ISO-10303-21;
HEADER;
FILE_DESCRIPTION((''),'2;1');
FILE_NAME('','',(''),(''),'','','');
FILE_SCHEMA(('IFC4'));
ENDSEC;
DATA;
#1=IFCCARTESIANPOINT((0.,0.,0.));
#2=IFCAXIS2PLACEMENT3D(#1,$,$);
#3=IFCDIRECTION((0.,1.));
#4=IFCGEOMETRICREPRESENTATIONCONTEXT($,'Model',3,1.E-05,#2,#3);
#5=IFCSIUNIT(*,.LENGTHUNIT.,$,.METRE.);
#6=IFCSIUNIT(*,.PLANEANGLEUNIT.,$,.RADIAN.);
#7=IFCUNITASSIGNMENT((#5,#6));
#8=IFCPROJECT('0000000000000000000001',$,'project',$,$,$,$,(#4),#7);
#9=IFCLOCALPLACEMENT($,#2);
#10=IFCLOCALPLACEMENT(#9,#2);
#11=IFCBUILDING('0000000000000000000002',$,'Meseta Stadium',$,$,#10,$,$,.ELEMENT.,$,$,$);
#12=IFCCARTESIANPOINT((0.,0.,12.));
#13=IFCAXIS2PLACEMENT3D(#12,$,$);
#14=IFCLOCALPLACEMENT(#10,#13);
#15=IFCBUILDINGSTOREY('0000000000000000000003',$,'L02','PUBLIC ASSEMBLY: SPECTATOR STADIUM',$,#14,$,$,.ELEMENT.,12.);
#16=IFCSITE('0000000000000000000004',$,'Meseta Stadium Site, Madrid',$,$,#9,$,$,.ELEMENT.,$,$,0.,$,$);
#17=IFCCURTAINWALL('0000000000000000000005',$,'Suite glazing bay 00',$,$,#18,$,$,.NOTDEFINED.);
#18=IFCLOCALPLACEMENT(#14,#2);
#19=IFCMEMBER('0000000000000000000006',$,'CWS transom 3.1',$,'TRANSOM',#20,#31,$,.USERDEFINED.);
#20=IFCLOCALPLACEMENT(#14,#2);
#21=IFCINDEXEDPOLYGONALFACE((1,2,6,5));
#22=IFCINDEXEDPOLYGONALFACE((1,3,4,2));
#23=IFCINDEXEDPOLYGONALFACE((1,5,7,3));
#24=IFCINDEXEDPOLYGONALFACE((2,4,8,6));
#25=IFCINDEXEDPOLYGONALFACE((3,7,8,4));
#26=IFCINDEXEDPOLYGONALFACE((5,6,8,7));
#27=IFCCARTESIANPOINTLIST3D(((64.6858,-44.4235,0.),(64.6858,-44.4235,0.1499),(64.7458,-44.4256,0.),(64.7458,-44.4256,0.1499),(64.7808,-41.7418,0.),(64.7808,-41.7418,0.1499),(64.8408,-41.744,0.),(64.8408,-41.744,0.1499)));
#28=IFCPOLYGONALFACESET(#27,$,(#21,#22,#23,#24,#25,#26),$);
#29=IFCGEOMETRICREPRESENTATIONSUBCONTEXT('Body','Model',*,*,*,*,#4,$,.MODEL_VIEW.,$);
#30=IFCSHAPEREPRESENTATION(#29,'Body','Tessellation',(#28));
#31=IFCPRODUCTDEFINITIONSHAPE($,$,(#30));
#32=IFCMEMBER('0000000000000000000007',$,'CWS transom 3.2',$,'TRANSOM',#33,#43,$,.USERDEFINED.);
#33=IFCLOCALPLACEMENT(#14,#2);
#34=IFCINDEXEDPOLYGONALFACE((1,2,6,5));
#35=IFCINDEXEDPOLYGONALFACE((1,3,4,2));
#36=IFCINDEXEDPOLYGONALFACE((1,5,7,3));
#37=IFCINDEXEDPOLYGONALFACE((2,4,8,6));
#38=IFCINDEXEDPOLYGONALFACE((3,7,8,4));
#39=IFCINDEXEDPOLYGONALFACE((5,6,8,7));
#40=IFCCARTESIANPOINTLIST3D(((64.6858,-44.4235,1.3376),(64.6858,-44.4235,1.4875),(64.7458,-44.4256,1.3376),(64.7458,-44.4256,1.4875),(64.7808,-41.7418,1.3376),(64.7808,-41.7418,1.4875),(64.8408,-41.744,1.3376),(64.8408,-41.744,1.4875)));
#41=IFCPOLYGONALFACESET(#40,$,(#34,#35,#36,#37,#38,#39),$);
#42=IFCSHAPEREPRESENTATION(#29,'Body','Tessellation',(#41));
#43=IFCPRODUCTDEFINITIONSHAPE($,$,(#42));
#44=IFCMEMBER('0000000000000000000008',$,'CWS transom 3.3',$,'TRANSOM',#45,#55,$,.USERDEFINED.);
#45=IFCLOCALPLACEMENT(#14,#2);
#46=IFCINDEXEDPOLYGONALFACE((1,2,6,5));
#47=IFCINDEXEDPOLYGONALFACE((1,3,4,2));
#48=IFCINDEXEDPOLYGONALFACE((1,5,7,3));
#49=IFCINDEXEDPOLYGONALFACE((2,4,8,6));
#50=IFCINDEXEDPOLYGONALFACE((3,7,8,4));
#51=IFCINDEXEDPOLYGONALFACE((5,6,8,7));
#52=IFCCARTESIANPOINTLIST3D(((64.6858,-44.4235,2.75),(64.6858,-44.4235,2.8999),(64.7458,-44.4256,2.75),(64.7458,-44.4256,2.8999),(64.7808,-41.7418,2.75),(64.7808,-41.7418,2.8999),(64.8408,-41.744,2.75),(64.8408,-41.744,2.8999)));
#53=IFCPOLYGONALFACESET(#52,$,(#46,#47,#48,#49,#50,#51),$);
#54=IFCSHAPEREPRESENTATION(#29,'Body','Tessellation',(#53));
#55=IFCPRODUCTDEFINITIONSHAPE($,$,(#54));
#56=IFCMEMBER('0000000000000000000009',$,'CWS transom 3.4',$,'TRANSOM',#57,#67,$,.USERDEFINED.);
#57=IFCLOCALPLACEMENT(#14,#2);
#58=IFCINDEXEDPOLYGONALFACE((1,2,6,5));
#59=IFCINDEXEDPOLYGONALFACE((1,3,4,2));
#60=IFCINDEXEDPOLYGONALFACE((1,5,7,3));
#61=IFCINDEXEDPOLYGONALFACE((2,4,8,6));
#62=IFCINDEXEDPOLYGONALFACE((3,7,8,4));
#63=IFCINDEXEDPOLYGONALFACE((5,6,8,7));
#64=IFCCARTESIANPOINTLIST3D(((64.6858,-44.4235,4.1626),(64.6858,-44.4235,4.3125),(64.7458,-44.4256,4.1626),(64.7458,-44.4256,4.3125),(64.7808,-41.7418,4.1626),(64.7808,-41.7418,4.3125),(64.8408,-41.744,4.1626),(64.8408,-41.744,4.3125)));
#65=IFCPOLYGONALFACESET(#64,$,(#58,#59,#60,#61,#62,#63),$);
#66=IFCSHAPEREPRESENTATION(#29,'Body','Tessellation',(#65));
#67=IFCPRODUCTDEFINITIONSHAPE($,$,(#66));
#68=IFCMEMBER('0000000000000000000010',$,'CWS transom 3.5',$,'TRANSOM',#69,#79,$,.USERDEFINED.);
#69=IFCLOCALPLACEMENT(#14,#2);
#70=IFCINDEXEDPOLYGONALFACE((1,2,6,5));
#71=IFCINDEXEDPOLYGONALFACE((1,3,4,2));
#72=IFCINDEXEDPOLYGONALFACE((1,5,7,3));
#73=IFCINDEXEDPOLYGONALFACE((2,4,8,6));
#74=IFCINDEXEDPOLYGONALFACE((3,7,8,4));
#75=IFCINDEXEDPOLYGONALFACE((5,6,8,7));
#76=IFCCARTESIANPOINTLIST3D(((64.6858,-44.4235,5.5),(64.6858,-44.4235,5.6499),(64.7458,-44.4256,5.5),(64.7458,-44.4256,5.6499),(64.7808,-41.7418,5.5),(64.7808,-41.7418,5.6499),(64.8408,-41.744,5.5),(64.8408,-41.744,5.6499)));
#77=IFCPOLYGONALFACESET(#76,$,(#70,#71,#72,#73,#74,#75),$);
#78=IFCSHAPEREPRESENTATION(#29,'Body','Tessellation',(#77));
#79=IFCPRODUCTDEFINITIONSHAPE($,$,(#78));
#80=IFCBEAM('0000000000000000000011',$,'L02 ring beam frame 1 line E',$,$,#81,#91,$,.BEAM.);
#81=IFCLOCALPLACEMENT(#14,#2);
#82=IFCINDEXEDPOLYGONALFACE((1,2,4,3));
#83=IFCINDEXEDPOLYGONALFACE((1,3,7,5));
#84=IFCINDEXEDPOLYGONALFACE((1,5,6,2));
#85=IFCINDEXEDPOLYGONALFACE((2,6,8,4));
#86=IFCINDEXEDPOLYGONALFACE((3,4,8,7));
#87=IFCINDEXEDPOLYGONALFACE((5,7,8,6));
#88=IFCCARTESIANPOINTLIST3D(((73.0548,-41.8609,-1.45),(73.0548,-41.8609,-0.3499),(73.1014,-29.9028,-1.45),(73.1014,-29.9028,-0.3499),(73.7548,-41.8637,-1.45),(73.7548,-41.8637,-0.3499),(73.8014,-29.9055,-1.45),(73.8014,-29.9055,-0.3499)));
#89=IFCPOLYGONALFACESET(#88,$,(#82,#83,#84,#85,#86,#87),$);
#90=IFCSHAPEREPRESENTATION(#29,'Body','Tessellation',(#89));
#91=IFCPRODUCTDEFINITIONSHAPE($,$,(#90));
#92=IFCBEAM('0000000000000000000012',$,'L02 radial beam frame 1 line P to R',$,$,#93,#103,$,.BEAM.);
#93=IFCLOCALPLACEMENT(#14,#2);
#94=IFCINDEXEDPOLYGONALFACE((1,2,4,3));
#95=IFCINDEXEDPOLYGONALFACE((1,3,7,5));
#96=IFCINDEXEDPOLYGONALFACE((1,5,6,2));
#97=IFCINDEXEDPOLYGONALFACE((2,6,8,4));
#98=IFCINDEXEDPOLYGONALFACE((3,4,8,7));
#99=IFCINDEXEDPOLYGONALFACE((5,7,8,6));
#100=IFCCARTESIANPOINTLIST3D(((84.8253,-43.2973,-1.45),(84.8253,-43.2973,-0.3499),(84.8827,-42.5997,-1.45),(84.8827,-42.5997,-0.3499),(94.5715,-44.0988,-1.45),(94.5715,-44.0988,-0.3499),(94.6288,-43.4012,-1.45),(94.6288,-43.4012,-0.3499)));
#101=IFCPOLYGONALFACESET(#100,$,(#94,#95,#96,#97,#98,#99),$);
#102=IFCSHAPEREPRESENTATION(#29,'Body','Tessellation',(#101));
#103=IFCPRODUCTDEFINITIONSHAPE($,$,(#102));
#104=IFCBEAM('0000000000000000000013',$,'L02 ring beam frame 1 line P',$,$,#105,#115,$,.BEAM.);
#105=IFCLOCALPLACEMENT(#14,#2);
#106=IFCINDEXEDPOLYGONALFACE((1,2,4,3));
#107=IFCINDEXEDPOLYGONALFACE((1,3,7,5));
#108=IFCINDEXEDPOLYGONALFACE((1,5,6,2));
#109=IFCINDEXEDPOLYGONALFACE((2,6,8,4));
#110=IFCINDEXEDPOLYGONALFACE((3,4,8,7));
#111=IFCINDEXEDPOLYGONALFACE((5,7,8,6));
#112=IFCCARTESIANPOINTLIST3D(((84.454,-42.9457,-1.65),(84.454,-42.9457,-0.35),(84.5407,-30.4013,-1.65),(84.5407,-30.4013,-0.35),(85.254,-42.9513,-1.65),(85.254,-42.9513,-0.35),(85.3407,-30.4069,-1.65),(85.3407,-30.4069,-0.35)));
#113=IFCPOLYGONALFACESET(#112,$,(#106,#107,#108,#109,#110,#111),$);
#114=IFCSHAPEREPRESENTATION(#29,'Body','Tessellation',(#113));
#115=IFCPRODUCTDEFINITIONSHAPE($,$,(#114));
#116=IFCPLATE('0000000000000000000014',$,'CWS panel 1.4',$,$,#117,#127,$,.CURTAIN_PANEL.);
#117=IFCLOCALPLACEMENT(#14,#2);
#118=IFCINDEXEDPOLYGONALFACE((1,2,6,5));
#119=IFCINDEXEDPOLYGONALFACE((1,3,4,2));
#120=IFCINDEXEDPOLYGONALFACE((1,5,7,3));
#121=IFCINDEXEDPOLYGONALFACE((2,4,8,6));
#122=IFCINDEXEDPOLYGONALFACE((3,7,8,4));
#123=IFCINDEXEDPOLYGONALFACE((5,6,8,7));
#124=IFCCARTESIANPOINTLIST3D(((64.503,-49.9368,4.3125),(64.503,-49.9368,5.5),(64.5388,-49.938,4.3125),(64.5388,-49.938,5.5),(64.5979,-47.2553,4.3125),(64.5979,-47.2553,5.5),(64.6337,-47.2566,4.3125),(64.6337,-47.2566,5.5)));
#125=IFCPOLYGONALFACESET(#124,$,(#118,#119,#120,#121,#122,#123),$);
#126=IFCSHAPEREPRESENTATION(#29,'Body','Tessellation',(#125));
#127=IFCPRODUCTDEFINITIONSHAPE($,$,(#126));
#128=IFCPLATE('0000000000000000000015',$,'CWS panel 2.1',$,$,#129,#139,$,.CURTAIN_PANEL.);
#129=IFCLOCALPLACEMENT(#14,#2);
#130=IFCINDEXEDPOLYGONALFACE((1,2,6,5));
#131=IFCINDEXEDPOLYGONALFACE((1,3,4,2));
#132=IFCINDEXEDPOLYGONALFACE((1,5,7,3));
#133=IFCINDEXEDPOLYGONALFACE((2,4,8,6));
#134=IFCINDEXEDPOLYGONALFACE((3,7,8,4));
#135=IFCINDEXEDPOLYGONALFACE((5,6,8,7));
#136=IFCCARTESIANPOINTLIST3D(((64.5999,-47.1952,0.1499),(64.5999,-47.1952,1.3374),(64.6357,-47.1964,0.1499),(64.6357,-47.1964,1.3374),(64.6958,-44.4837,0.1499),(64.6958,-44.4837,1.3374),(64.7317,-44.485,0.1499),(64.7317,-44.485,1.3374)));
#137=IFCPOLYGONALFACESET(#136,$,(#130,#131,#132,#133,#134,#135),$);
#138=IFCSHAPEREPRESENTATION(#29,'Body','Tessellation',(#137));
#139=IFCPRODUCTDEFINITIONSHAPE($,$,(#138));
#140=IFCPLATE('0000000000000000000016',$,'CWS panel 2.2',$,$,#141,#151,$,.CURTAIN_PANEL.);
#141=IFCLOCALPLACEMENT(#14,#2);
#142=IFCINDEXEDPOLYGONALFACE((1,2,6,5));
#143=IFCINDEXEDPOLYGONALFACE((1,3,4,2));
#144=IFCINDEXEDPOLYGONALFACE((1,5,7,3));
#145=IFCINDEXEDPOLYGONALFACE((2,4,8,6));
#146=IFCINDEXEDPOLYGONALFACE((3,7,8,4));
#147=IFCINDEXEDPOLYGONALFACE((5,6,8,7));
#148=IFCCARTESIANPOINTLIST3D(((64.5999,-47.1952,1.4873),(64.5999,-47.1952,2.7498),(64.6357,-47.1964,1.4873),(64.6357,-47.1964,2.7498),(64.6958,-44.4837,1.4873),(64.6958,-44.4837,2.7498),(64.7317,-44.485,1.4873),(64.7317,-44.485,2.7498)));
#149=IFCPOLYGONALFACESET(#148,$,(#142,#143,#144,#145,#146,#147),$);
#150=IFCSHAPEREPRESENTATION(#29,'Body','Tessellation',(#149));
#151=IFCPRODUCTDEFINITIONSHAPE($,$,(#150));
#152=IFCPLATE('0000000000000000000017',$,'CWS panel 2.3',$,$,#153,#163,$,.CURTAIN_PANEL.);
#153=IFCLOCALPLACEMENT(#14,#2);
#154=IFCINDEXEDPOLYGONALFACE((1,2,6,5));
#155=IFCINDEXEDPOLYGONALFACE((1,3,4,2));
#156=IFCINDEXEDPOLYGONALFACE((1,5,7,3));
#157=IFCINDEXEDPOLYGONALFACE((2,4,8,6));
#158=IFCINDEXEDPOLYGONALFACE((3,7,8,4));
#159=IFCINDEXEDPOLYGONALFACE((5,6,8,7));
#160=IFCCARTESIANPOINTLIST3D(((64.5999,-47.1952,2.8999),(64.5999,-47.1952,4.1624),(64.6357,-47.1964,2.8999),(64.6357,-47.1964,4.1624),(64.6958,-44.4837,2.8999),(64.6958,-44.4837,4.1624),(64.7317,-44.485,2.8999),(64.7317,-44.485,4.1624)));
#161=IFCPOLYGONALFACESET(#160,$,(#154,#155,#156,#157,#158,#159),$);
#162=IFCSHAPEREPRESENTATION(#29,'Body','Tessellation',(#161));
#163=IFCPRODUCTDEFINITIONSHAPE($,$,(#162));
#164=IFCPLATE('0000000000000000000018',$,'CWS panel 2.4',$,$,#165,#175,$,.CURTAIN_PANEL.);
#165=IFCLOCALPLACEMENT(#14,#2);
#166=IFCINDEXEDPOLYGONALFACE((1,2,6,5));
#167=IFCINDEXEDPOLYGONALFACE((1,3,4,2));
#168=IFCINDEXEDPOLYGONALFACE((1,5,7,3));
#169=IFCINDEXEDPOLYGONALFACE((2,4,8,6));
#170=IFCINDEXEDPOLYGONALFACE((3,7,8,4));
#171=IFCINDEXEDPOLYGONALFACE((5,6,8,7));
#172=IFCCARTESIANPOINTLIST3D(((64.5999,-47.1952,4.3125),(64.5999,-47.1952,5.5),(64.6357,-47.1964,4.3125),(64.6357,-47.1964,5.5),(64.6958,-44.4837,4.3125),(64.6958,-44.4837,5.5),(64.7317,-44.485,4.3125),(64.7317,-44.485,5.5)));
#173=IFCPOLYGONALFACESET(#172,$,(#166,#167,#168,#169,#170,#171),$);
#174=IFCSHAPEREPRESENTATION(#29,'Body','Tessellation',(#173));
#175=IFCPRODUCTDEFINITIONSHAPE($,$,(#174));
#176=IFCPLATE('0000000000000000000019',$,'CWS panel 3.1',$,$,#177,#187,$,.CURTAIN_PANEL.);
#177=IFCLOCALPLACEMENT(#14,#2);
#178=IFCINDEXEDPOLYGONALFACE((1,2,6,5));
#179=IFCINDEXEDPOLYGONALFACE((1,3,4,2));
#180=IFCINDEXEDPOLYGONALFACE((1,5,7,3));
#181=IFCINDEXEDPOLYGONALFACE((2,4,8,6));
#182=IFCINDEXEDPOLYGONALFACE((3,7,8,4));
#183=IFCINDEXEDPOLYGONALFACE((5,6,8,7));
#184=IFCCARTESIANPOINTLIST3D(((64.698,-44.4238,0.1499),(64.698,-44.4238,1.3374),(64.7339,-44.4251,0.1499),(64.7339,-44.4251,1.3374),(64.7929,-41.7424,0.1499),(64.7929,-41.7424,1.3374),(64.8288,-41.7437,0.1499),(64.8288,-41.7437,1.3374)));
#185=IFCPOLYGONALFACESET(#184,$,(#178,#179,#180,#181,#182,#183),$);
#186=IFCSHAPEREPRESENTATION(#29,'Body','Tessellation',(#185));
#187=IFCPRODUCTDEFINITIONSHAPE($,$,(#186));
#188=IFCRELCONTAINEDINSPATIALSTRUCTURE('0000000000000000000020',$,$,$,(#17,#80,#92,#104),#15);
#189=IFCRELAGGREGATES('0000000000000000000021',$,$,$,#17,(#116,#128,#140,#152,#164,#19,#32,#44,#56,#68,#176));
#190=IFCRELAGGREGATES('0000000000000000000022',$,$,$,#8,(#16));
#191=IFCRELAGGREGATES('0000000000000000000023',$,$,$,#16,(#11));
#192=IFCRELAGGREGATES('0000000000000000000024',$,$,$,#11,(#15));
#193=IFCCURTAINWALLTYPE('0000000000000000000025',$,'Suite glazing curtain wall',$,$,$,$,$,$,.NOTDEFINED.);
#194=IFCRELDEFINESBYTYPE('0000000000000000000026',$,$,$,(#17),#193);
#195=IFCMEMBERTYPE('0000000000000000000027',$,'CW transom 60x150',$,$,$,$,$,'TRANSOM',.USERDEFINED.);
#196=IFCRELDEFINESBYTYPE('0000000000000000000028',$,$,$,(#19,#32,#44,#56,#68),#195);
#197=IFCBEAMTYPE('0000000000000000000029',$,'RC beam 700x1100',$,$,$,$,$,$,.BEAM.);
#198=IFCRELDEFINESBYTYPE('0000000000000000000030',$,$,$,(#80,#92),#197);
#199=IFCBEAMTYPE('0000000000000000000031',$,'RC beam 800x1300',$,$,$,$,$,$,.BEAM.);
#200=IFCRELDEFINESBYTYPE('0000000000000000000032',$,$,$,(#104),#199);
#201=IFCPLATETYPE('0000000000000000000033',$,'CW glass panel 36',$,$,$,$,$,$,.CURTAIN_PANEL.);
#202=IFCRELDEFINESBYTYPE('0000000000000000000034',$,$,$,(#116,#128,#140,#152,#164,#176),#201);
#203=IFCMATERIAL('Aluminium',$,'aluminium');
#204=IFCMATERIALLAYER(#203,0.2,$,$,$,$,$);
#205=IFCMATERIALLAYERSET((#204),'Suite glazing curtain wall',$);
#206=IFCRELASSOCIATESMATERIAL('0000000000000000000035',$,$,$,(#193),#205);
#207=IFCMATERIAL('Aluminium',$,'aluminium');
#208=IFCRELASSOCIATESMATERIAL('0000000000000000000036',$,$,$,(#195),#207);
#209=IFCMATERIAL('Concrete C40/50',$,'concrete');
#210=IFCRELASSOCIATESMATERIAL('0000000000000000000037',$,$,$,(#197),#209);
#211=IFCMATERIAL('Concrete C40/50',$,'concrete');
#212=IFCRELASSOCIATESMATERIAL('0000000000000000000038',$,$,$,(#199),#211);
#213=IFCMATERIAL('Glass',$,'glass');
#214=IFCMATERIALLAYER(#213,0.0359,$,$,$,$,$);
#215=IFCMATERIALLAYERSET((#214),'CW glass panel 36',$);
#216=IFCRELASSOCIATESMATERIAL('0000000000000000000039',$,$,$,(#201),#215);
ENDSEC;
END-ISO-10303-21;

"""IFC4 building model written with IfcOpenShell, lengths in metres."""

from ifc_helpers import new_model, si_unit, direction, frame, origin, origin_2d, place, context, subcontext, project, spatial, rectangle, extrude, material, layer, layer_set, material_profile, profile_set, type_object, element, aggregate, save


model = new_model("IFC4")

# Units and contexts
model_context = context("Model", 3, precision=1e-05, world=origin(), true_north=direction((0.0, 1.0)))
body_context = subcontext(model_context, "Body", "Model", "MODEL_VIEW")
ifc_project = project(units=[si_unit("LENGTHUNIT", "METRE"), si_unit("PLANEANGLEUNIT", "RADIAN")], contexts=[model_context])

# Site, building, storey
site_placement = place(None, origin())
site = spatial("IfcSite", under=ifc_project, at=site_placement, Name="Meseta Stadium Site, Madrid", CompositionType="ELEMENT", RefElevation=0.0)
building_placement = place(site_placement, origin())
building = spatial("IfcBuilding", under=site, at=building_placement, Name="Meseta Stadium", CompositionType="ELEMENT")
storey_placement = place(building_placement, frame((0.0, 0.0, 12.0)))
storey = spatial("IfcBuildingStorey", under=building, at=storey_placement, Name="L02", Description="PUBLIC ASSEMBLY: SPECTATOR STADIUM", CompositionType="ELEMENT", Elevation=12.0)

# Curtain wall, members
ifc_material_1 = material(Name="Aluminium", Category="aluminium")
ifc_layer_1 = layer(ifc_material_1, 0.2)
ifc_layer_set_1 = layer_set([ifc_layer_1], Name="Suite glazing curtain wall")
curtain_wall_type = type_object("IfcCurtainWallType", Name="Suite glazing curtain wall", PredefinedType="NOTDEFINED", material=ifc_layer_set_1)
curtain_wall_placement = place(storey_placement, origin())
curtain_wall = element("IfcCurtainWall", 1, at=curtain_wall_placement, inside=storey, type_object=curtain_wall_type, Name="Suite glazing bay 00", PredefinedType="NOTDEFINED")
ifc_material_2 = material(Name="Aluminium", Category="aluminium")
ifc_material_profile_1 = material_profile(ifc_material_2, rectangle(XDim=0.0601, YDim=0.1499, at=origin_2d()), Name="CW 60x150")
ifc_profile_set_1 = profile_set([ifc_material_profile_1], Name="Aluminium")
member_type_1 = type_object("IfcMemberType", Name="CW transom 60x150", ElementType="TRANSOM", PredefinedType="USERDEFINED", material=ifc_profile_set_1)
member_1_placement = place(storey_placement, frame((64.7158, -44.4246, 0.075), z_axis=(0.035393, 0.999373, 0.0), x_axis=(-0.999373, 0.035393, 0.0)))
member_1 = element("IfcMember", 2, at=member_1_placement, type_object=member_type_1, Name="CWS transom 3.1", ObjectType="TRANSOM", PredefinedType="USERDEFINED", context=body_context, shape_type="SweptSolid", body=[
    extrude(rectangle(XDim=0.0601, YDim=0.1499, at=origin_2d()), origin(), (0.0, 0.0, 1.0), 2.6833),
])
member_2_placement = place(storey_placement, frame((64.7158, -44.4246, 1.4126), z_axis=(0.035393, 0.999373, 0.0), x_axis=(-0.999373, 0.035393, 0.0)))
member_2 = element("IfcMember", 3, at=member_2_placement, type_object=member_type_1, Name="CWS transom 3.2", ObjectType="TRANSOM", PredefinedType="USERDEFINED", context=body_context, shape_type="SweptSolid", body=[
    extrude(rectangle(XDim=0.0601, YDim=0.1499, at=origin_2d()), origin(), (0.0, 0.0, 1.0), 2.6833),
])
member_3_placement = place(storey_placement, frame((64.7158, -44.4246, 2.825), z_axis=(0.035393, 0.999373, 0.0), x_axis=(-0.999373, 0.035393, 0.0)))
member_3 = element("IfcMember", 4, at=member_3_placement, type_object=member_type_1, Name="CWS transom 3.3", ObjectType="TRANSOM", PredefinedType="USERDEFINED", context=body_context, shape_type="SweptSolid", body=[
    extrude(rectangle(XDim=0.0601, YDim=0.1499, at=origin_2d()), origin(), (0.0, 0.0, 1.0), 2.6833),
])
member_4_placement = place(storey_placement, frame((64.7158, -44.4246, 4.2375), z_axis=(0.035393, 0.999373, 0.0), x_axis=(-0.999373, 0.035393, 0.0)))
member_4 = element("IfcMember", 5, at=member_4_placement, type_object=member_type_1, Name="CWS transom 3.4", ObjectType="TRANSOM", PredefinedType="USERDEFINED", context=body_context, shape_type="SweptSolid", body=[
    extrude(rectangle(XDim=0.0601, YDim=0.1499, at=origin_2d()), origin(), (0.0, 0.0, 1.0), 2.6833),
])
member_5_placement = place(storey_placement, frame((64.7158, -44.4246, 5.575), z_axis=(0.035393, 0.999373, 0.0), x_axis=(-0.999373, 0.035393, 0.0)))
member_5 = element("IfcMember", 6, at=member_5_placement, type_object=member_type_1, Name="CWS transom 3.5", ObjectType="TRANSOM", PredefinedType="USERDEFINED", context=body_context, shape_type="SweptSolid", body=[
    extrude(rectangle(XDim=0.0601, YDim=0.1499, at=origin_2d()), origin(), (0.0, 0.0, 1.0), 2.6833),
])

# Beams
ifc_material_3 = material(Name="Concrete C40/50", Category="concrete")
ifc_material_profile_2 = material_profile(ifc_material_3, rectangle(XDim=0.7, YDim=1.1001, at=origin_2d()), Name="RC 700x1100")
ifc_profile_set_2 = profile_set([ifc_material_profile_2], Name="Concrete C40/50")
beam_type_1 = type_object("IfcBeamType", Name="RC beam 700x1100", PredefinedType="BEAM", material=ifc_profile_set_2)
beam_1_placement = place(storey_placement, frame((73.4048, -41.8623, -0.8999), z_axis=(0.003899, 0.999992, 0.0), x_axis=(-0.999992, 0.003899, 0.0)))
element("IfcBeam", 7, at=beam_1_placement, inside=storey, type_object=beam_type_1, Name="L02 ring beam frame 1 line E", PredefinedType="BEAM", context=body_context, shape_type="SweptSolid", body=[
    extrude(rectangle(XDim=0.7, YDim=1.1001, at=origin_2d()), origin(), (0.0, 0.0, 1.0), 11.9583),
])
beam_2_placement = place(storey_placement, frame((84.854, -42.9485, -0.8999), z_axis=(0.996635, -0.081963, 0.0), x_axis=(0.081963, 0.996635, 0.0)))
element("IfcBeam", 8, at=beam_2_placement, inside=storey, type_object=beam_type_1, Name="L02 radial beam frame 1 line P to R", PredefinedType="BEAM", context=body_context, shape_type="SweptSolid", body=[
    extrude(rectangle(XDim=0.7, YDim=1.1001, at=origin_2d()), origin(), (0.0, 0.0, 1.0), 9.7791),
])
ifc_material_4 = material(Name="Concrete C40/50", Category="concrete")
ifc_material_profile_3 = material_profile(ifc_material_4, rectangle(XDim=0.8, YDim=1.3, at=origin_2d()), Name="RC 800x1300")
ifc_profile_set_3 = profile_set([ifc_material_profile_3], Name="Concrete C40/50")
beam_type_2 = type_object("IfcBeamType", Name="RC beam 800x1300", PredefinedType="BEAM", material=ifc_profile_set_3)
beam_3_placement = place(storey_placement, frame((84.854, -42.9485, -1.0), z_axis=(0.006909, 0.999976, 0.0), x_axis=(-0.999976, 0.006909, 0.0)))
element("IfcBeam", 9, at=beam_3_placement, inside=storey, type_object=beam_type_2, Name="L02 ring beam frame 1 line P", PredefinedType="BEAM", context=body_context, shape_type="SweptSolid", body=[
    extrude(rectangle(XDim=0.8, YDim=1.3, at=origin_2d()), origin(), (0.0, 0.0, 1.0), 12.5447),
])

# Plates
ifc_material_5 = material(Name="Glass", Category="glass")
ifc_layer_2 = layer(ifc_material_5, 0.0359)
ifc_layer_set_2 = layer_set([ifc_layer_2], Name="CW glass panel 36")
plate_type = type_object("IfcPlateType", Name="CW glass panel 36", PredefinedType="CURTAIN_PANEL", material=ifc_layer_set_2)
plate_1_placement = place(storey_placement, frame((64.5684, -48.5967, 4.3125), z_axis=(0.0, 0.0, 1.0), x_axis=(0.035371, 0.999374, 0.0)))
plate_1 = element("IfcPlate", 10, at=plate_1_placement, type_object=plate_type, Name="CWS panel 1.4", PredefinedType="CURTAIN_PANEL", context=body_context, shape_type="SweptSolid", body=[
    extrude(rectangle(XDim=2.6831, YDim=0.0359, at=origin_2d()), origin(), (0.0, 0.0, 1.0), 1.1875),
])
plate_2_placement = place(storey_placement, frame((64.6658, -45.8401, 0.1499), z_axis=(0.0, 0.0, 1.0), x_axis=(0.035371, 0.999374, 0.0)))
plate_2 = element("IfcPlate", 11, at=plate_2_placement, type_object=plate_type, Name="CWS panel 2.1", PredefinedType="CURTAIN_PANEL", context=body_context, shape_type="SweptSolid", body=[
    extrude(rectangle(XDim=2.7131, YDim=0.0359, at=origin_2d()), origin(), (0.0, 0.0, 1.0), 1.1875),
])
plate_3_placement = place(storey_placement, frame((64.6658, -45.8401, 1.4873), z_axis=(0.0, 0.0, 1.0), x_axis=(0.035371, 0.999374, 0.0)))
plate_3 = element("IfcPlate", 12, at=plate_3_placement, type_object=plate_type, Name="CWS panel 2.2", PredefinedType="CURTAIN_PANEL", context=body_context, shape_type="SweptSolid", body=[
    extrude(rectangle(XDim=2.7131, YDim=0.0359, at=origin_2d()), origin(), (0.0, 0.0, 1.0), 1.2625),
])
plate_4_placement = place(storey_placement, frame((64.6658, -45.8401, 2.8999), z_axis=(0.0, 0.0, 1.0), x_axis=(0.035371, 0.999374, 0.0)))
plate_4 = element("IfcPlate", 13, at=plate_4_placement, type_object=plate_type, Name="CWS panel 2.3", PredefinedType="CURTAIN_PANEL", context=body_context, shape_type="SweptSolid", body=[
    extrude(rectangle(XDim=2.7131, YDim=0.0359, at=origin_2d()), origin(), (0.0, 0.0, 1.0), 1.2625),
])
plate_5_placement = place(storey_placement, frame((64.6658, -45.8401, 4.3125), z_axis=(0.0, 0.0, 1.0), x_axis=(0.035371, 0.999374, 0.0)))
plate_5 = element("IfcPlate", 14, at=plate_5_placement, type_object=plate_type, Name="CWS panel 2.4", PredefinedType="CURTAIN_PANEL", context=body_context, shape_type="SweptSolid", body=[
    extrude(rectangle(XDim=2.7131, YDim=0.0359, at=origin_2d()), origin(), (0.0, 0.0, 1.0), 1.1875),
])
plate_6_placement = place(storey_placement, frame((64.7634, -43.0837, 0.1499), z_axis=(0.0, 0.0, 1.0), x_axis=(0.035371, 0.999374, 0.0)))
plate_6 = element("IfcPlate", 15, at=plate_6_placement, type_object=plate_type, Name="CWS panel 3.1", PredefinedType="CURTAIN_PANEL", context=body_context, shape_type="SweptSolid", body=[
    extrude(rectangle(XDim=2.6831, YDim=0.0359, at=origin_2d()), origin(), (0.0, 0.0, 1.0), 1.1875),
])
aggregate(curtain_wall, [plate_1, plate_2, plate_3, plate_4, plate_5, member_1, member_2, member_3, member_4, member_5, plate_6])

save(model, "model.ifc")
